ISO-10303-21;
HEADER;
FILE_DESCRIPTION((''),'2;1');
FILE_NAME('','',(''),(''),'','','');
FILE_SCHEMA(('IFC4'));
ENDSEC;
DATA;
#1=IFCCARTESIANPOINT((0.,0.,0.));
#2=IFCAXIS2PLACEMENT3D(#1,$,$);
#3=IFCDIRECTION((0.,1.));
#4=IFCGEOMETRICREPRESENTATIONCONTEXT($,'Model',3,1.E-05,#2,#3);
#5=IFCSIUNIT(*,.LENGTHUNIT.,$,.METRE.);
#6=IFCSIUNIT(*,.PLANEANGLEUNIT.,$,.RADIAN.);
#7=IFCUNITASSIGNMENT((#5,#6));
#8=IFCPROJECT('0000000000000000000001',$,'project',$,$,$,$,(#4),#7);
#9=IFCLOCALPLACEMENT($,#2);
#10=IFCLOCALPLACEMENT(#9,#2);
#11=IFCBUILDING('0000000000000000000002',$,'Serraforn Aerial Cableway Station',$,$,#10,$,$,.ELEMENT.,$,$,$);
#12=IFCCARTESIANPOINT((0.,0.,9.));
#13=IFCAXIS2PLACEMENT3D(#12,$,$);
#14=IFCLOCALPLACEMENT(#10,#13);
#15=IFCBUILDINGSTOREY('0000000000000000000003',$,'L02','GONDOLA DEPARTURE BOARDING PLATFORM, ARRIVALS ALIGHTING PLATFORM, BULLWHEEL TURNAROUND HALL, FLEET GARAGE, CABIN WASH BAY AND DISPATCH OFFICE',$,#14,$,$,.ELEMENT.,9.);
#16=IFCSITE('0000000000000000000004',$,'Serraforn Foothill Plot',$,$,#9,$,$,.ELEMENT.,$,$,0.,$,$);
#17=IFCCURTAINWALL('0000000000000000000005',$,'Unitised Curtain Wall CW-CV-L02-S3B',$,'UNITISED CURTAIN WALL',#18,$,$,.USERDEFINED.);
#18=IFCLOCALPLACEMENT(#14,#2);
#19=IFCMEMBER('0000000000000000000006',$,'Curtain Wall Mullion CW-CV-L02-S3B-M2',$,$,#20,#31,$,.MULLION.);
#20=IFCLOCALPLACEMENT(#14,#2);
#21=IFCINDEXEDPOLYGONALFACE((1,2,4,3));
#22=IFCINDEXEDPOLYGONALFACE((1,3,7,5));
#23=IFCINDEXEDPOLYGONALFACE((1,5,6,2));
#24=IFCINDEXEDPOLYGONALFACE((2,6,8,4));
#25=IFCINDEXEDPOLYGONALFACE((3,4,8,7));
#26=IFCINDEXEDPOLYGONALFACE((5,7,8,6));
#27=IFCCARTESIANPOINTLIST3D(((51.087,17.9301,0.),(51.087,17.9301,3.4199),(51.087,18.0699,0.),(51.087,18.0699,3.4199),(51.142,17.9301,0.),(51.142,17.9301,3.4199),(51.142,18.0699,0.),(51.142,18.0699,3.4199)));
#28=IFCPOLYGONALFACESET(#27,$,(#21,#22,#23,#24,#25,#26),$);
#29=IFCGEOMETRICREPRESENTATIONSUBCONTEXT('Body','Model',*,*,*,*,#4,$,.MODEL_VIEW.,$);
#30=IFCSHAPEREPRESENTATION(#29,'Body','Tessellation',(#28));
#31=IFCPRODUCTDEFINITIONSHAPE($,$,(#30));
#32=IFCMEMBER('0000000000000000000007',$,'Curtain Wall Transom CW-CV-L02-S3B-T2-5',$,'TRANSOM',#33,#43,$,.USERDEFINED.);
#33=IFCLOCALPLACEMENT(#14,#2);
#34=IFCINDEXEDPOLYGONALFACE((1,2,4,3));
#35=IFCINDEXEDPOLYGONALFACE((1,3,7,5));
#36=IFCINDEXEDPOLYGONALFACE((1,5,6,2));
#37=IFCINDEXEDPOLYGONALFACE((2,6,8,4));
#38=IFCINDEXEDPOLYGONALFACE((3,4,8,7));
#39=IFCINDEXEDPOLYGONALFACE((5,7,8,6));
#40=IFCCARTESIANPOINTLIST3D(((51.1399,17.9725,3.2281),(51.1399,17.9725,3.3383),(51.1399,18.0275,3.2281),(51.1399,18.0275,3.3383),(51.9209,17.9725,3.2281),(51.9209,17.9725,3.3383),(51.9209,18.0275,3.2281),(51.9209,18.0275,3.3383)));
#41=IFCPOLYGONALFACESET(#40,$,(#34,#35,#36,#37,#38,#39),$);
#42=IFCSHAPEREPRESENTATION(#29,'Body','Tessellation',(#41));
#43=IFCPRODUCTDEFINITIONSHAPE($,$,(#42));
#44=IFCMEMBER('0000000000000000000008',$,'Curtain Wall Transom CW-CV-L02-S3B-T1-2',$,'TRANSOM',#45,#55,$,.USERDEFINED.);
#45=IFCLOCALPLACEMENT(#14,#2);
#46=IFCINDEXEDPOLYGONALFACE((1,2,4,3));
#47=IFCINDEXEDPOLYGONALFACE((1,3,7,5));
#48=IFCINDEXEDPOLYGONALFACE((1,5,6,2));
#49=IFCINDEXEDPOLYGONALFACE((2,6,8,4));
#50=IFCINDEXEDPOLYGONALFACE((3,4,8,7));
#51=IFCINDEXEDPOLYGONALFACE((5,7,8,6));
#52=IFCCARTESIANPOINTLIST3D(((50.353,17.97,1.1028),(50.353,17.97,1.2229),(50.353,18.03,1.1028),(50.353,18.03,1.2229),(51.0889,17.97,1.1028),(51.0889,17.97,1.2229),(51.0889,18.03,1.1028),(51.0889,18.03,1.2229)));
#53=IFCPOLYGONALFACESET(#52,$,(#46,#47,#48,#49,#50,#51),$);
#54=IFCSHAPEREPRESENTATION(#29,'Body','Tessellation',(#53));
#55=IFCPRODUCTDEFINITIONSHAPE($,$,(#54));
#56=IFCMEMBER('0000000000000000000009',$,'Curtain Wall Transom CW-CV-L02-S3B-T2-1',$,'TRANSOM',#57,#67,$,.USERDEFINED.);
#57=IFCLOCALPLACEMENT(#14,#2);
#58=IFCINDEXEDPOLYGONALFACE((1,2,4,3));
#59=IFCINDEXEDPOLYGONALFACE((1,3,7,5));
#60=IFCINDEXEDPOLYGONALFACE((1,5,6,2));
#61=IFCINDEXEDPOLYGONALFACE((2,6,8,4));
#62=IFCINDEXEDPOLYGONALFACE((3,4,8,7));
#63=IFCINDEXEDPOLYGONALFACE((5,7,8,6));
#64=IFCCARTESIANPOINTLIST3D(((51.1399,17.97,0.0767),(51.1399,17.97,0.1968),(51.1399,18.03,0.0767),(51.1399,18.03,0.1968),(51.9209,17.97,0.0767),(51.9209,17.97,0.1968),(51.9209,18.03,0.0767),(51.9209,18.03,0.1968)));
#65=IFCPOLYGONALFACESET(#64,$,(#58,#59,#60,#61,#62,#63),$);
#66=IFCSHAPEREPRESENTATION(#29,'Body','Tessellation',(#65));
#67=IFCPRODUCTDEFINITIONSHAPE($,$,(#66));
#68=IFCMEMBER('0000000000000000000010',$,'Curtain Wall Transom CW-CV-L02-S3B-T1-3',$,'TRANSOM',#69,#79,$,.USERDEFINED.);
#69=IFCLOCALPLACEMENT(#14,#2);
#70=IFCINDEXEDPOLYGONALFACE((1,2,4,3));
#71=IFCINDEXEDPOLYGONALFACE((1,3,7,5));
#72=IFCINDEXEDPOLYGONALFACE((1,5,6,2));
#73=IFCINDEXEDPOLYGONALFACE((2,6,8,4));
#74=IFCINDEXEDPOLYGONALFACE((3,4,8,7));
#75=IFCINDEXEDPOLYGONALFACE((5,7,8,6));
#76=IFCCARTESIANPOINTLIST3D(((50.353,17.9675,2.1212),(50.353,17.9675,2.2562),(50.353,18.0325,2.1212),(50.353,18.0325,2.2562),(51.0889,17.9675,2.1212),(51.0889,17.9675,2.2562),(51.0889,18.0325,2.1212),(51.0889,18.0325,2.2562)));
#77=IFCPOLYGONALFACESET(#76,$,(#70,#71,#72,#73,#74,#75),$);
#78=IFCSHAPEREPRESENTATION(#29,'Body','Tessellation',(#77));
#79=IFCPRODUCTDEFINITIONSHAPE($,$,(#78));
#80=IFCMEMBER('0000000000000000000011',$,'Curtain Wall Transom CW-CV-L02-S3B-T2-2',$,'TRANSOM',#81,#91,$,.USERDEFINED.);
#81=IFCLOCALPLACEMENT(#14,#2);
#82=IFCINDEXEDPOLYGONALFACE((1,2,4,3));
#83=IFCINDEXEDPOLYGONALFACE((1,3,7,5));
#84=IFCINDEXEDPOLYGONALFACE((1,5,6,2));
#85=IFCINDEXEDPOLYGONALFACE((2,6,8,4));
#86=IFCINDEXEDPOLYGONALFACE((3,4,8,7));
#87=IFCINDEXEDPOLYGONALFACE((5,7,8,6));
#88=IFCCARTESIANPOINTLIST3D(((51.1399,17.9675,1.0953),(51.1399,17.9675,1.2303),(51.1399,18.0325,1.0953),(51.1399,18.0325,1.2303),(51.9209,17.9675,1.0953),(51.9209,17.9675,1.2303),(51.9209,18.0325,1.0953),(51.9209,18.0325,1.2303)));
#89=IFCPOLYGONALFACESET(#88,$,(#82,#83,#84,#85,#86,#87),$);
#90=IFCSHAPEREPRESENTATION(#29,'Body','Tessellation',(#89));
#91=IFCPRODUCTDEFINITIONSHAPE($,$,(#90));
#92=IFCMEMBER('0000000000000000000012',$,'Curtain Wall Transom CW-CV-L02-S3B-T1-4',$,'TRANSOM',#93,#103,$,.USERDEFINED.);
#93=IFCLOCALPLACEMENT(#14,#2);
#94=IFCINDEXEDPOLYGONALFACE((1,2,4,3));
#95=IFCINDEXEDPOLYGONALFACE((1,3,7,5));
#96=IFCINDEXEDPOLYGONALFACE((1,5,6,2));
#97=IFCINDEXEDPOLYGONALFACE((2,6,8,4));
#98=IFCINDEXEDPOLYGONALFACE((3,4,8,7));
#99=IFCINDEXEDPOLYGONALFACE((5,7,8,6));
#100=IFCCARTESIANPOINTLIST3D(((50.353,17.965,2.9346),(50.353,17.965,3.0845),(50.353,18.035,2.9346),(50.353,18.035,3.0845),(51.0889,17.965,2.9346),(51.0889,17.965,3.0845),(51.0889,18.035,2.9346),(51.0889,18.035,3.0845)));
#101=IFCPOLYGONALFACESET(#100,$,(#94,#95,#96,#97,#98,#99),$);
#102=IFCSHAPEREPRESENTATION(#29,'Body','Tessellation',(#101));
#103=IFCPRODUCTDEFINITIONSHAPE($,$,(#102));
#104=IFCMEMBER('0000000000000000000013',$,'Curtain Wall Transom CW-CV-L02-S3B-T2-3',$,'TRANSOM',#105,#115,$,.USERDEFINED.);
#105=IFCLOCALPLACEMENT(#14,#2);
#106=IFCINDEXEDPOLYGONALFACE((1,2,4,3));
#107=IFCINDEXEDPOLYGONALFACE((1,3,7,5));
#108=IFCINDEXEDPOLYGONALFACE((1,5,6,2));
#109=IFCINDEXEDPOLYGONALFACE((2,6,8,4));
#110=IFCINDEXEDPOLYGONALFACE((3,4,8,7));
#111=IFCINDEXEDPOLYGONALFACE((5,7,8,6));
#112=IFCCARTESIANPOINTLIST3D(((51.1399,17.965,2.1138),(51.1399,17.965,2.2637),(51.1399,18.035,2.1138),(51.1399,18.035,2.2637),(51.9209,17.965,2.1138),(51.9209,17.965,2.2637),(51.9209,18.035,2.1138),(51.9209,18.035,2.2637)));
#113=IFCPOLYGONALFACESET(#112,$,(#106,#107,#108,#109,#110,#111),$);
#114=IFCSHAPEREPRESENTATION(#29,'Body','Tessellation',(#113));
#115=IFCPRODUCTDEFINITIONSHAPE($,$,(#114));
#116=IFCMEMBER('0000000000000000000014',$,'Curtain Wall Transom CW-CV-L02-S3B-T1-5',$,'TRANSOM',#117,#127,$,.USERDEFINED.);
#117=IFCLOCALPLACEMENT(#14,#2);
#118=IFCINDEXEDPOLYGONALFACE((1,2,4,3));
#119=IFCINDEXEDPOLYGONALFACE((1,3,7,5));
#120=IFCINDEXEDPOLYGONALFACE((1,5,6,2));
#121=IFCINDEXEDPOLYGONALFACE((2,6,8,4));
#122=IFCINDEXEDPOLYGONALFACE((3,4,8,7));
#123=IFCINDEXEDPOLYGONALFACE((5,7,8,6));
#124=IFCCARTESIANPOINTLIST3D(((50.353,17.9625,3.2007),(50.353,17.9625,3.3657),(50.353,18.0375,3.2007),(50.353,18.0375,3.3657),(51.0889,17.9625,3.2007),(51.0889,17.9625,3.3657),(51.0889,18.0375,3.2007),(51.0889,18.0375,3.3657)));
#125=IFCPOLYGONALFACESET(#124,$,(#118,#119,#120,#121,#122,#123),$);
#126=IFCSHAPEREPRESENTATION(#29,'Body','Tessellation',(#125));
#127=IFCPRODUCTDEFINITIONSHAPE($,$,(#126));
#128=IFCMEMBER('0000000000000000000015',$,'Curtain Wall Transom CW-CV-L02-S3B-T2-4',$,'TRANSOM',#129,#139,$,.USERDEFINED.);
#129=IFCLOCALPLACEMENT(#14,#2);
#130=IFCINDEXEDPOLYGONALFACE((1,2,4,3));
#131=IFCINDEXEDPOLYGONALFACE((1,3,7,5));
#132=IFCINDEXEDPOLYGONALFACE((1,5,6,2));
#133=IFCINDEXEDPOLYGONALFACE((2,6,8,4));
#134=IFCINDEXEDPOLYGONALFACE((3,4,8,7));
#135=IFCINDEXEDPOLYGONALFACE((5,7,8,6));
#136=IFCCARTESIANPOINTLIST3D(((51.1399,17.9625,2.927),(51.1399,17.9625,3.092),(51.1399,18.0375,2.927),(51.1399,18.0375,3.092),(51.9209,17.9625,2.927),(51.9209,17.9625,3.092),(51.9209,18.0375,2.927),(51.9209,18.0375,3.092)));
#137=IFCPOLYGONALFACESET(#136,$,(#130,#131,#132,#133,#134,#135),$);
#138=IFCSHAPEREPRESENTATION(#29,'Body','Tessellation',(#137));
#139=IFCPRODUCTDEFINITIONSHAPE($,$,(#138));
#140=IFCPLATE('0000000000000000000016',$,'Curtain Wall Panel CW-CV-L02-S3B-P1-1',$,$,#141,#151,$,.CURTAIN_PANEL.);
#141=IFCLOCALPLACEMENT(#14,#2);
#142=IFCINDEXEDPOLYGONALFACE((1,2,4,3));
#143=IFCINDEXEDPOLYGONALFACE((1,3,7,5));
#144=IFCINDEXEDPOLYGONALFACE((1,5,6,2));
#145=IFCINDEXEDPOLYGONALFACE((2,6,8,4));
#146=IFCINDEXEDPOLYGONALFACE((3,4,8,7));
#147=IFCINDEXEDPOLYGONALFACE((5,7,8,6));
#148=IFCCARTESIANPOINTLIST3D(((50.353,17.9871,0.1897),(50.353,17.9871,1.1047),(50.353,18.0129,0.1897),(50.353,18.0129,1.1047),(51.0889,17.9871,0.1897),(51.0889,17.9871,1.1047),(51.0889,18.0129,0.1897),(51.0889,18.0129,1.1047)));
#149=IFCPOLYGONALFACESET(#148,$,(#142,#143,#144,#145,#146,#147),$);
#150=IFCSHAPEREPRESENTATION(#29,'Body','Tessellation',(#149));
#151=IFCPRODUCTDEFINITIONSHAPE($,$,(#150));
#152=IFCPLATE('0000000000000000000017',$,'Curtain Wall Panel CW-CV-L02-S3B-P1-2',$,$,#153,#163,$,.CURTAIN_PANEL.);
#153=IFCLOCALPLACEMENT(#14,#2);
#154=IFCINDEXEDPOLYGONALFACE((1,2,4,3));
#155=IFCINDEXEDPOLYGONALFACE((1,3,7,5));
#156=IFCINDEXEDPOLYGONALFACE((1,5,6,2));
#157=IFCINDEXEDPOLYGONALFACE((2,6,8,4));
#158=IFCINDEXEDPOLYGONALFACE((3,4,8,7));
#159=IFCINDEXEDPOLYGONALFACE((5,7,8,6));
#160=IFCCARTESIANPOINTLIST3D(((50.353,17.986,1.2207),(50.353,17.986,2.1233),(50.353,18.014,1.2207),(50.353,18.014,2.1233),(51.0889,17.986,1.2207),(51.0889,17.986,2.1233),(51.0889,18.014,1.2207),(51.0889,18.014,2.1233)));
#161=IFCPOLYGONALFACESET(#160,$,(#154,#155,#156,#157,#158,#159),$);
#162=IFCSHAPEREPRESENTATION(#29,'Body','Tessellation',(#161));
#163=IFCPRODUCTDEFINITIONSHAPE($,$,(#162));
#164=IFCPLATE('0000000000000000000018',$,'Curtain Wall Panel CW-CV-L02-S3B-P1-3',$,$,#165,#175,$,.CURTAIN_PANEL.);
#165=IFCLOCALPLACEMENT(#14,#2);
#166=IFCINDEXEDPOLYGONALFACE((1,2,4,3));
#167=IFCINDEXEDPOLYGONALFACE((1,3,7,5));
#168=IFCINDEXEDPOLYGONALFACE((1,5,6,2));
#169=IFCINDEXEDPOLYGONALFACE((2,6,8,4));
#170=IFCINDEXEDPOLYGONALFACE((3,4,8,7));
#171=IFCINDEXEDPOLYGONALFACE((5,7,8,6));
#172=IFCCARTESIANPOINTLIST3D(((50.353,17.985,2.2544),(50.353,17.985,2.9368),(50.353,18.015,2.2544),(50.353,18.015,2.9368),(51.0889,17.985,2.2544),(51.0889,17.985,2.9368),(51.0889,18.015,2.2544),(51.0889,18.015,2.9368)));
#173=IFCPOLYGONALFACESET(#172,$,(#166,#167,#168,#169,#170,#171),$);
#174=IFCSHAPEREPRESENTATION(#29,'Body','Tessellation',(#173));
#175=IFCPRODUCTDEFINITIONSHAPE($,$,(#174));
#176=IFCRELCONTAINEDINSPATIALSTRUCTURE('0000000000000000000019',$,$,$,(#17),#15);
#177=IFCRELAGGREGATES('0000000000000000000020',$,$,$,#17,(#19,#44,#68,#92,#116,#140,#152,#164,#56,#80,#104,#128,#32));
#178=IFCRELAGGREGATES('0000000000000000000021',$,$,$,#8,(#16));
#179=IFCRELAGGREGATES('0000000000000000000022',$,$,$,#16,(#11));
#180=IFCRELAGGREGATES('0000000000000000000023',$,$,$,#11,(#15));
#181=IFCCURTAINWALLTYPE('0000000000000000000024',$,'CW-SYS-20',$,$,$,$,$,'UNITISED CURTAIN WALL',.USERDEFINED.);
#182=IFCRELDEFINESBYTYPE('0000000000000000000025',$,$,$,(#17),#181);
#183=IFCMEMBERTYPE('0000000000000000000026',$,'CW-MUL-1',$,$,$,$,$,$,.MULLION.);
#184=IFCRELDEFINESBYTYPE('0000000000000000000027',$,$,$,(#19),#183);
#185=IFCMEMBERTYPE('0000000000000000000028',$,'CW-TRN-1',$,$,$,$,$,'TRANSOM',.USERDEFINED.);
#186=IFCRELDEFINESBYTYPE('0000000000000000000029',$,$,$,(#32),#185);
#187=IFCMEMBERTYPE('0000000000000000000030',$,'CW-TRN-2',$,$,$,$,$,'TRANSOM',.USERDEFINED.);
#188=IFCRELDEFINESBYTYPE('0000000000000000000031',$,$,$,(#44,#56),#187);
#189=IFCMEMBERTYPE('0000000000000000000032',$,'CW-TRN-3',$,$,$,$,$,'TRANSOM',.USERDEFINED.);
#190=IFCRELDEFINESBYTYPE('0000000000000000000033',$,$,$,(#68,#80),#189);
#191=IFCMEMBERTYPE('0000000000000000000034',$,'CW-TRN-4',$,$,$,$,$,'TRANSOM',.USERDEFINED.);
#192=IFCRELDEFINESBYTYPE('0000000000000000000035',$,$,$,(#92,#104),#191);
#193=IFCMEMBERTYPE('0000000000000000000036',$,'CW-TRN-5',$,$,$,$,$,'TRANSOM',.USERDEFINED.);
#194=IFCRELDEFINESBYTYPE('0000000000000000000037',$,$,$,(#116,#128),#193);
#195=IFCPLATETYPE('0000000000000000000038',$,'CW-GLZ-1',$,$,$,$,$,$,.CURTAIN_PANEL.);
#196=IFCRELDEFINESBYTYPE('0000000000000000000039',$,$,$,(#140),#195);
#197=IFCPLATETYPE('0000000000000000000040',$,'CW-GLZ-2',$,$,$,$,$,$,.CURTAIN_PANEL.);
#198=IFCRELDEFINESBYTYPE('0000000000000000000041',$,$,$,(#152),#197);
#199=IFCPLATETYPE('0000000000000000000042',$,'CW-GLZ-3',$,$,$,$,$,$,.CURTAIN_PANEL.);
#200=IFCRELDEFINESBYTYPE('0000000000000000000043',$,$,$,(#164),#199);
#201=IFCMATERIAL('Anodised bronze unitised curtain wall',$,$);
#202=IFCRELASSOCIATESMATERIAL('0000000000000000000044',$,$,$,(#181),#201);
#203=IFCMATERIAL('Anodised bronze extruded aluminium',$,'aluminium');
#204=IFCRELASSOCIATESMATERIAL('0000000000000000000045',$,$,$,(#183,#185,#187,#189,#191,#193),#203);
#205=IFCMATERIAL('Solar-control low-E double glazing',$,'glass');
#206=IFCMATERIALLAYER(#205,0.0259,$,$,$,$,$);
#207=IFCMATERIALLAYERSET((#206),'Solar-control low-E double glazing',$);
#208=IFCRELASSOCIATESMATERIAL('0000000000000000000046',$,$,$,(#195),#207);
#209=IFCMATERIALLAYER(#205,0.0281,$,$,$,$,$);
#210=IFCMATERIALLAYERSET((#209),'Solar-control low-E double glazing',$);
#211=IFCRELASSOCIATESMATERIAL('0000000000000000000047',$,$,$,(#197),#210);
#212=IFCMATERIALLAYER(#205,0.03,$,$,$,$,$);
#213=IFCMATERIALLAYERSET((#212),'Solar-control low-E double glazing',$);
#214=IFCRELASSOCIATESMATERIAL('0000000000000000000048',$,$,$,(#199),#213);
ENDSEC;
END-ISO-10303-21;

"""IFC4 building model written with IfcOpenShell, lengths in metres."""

from ifc_helpers import new_model, si_unit, direction, frame, origin, origin_2d, place, context, subcontext, project, spatial, rectangle, extrude, material, layer, layer_set, material_profile, profile_set, type_object, element, aggregate, save


model = new_model("IFC4")

# Units and contexts
model_context = context("Model", 3, precision=1e-05, world=origin(), true_north=direction((0.0, 1.0)))
body_context = subcontext(model_context, "Body", "Model", "MODEL_VIEW")
ifc_project = project(units=[si_unit("LENGTHUNIT", "METRE"), si_unit("PLANEANGLEUNIT", "RADIAN")], contexts=[model_context])

# Site, building, storey
site_placement = place(None, origin())
site = spatial("IfcSite", under=ifc_project, at=site_placement, Name="Serraforn Foothill Plot", CompositionType="ELEMENT", RefElevation=0.0)
building_placement = place(site_placement, origin())
building = spatial("IfcBuilding", under=site, at=building_placement, Name="Serraforn Aerial Cableway Station", CompositionType="ELEMENT")
storey_placement = place(building_placement, frame((0.0, 0.0, 9.0)))
storey = spatial("IfcBuildingStorey", under=building, at=storey_placement, Name="L02", Description="GONDOLA DEPARTURE BOARDING PLATFORM, ARRIVALS ALIGHTING PLATFORM, BULLWHEEL TURNAROUND HALL, FLEET GARAGE, CABIN WASH BAY AND DISPATCH OFFICE", CompositionType="ELEMENT", Elevation=9.0)

# Curtain wall, members, plates
ifc_material_1 = material(Name="Anodised bronze unitised curtain wall")
curtain_wall_type = type_object("IfcCurtainWallType", Name="CW-SYS-20", ElementType="UNITISED CURTAIN WALL", PredefinedType="USERDEFINED", material=ifc_material_1)
curtain_wall_placement = place(storey_placement, origin())
curtain_wall = element("IfcCurtainWall", 1, at=curtain_wall_placement, inside=storey, type_object=curtain_wall_type, Name="Unitised Curtain Wall CW-CV-L02-S3B", ObjectType="UNITISED CURTAIN WALL", PredefinedType="USERDEFINED")
ifc_material_2 = material(Name="Anodised bronze extruded aluminium", Category="aluminium")
ifc_material_profile_1 = material_profile(ifc_material_2, rectangle(XDim=0.0549, YDim=0.1399, at=origin_2d()), Name="CW MULLION 55x140")
ifc_profile_set_1 = profile_set([ifc_material_profile_1], Name="Anodised bronze extruded aluminium")
member_type_1 = type_object("IfcMemberType", Name="CW-MUL-1", PredefinedType="MULLION", material=ifc_profile_set_1)
member_1_placement = place(storey_placement, frame((51.1145, 18.0, 0.0), z_axis=(0.0, 0.0, 1.0), x_axis=(1.0, 0.0, 0.0)))
member_1 = element("IfcMember", 2, at=member_1_placement, type_object=member_type_1, Name="Curtain Wall Mullion CW-CV-L02-S3B-M2", PredefinedType="MULLION", context=body_context, shape_type="SweptSolid", body=[
    extrude(rectangle(XDim=0.0549, YDim=0.1399, at=origin_2d()), origin(), (0.0, 0.0, 1.0), 3.4199),
])
ifc_material_profile_2 = material_profile(ifc_material_2, rectangle(XDim=0.0549, YDim=0.1101, at=origin_2d()), Name="CW TRANSOM 55x110")
ifc_profile_set_2 = profile_set([ifc_material_profile_2], Name="Anodised bronze extruded aluminium")
member_type_2 = type_object("IfcMemberType", Name="CW-TRN-1", ElementType="TRANSOM", PredefinedType="USERDEFINED", material=ifc_profile_set_2)
member_2_placement = place(storey_placement, frame((51.1399, 18.0, 3.2832), z_axis=(1.0, 0.0, 0.0), x_axis=(0.0, 1.0, 0.0)))
member_2 = element("IfcMember", 3, at=member_2_placement, type_object=member_type_2, Name="Curtain Wall Transom CW-CV-L02-S3B-T2-5", ObjectType="TRANSOM", PredefinedType="USERDEFINED", context=body_context, shape_type="SweptSolid", body=[
    extrude(rectangle(XDim=0.0549, YDim=0.1101, at=origin_2d()), origin(), (0.0, 0.0, 1.0), 0.781),
])
ifc_material_profile_3 = material_profile(ifc_material_2, rectangle(XDim=0.0601, YDim=0.1201, at=origin_2d()), Name="CW TRANSOM 60x120")
ifc_profile_set_3 = profile_set([ifc_material_profile_3], Name="Anodised bronze extruded aluminium")
member_type_3 = type_object("IfcMemberType", Name="CW-TRN-2", ElementType="TRANSOM", PredefinedType="USERDEFINED", material=ifc_profile_set_3)
member_3_placement = place(storey_placement, frame((50.353, 18.0, 1.1628), z_axis=(1.0, 0.0, 0.0), x_axis=(0.0, 1.0, 0.0)))
member_3 = element("IfcMember", 4, at=member_3_placement, type_object=member_type_3, Name="Curtain Wall Transom CW-CV-L02-S3B-T1-2", ObjectType="TRANSOM", PredefinedType="USERDEFINED", context=body_context, shape_type="SweptSolid", body=[
    extrude(rectangle(XDim=0.0601, YDim=0.1201, at=origin_2d()), origin(), (0.0, 0.0, 1.0), 0.7358),
])
member_4_placement = place(storey_placement, frame((51.1399, 18.0, 0.1367), z_axis=(1.0, 0.0, 0.0), x_axis=(0.0, 1.0, 0.0)))
member_4 = element("IfcMember", 5, at=member_4_placement, type_object=member_type_3, Name="Curtain Wall Transom CW-CV-L02-S3B-T2-1", ObjectType="TRANSOM", PredefinedType="USERDEFINED", context=body_context, shape_type="SweptSolid", body=[
    extrude(rectangle(XDim=0.0601, YDim=0.1201, at=origin_2d()), origin(), (0.0, 0.0, 1.0), 0.781),
])
ifc_material_profile_4 = material_profile(ifc_material_2, rectangle(XDim=0.0649, YDim=0.135, at=origin_2d()), Name="CW TRANSOM 65x135")
ifc_profile_set_4 = profile_set([ifc_material_profile_4], Name="Anodised bronze extruded aluminium")
member_type_4 = type_object("IfcMemberType", Name="CW-TRN-3", ElementType="TRANSOM", PredefinedType="USERDEFINED", material=ifc_profile_set_4)
member_5_placement = place(storey_placement, frame((50.353, 18.0, 2.1887), z_axis=(1.0, 0.0, 0.0), x_axis=(0.0, 1.0, 0.0)))
member_5 = element("IfcMember", 6, at=member_5_placement, type_object=member_type_4, Name="Curtain Wall Transom CW-CV-L02-S3B-T1-3", ObjectType="TRANSOM", PredefinedType="USERDEFINED", context=body_context, shape_type="SweptSolid", body=[
    extrude(rectangle(XDim=0.0649, YDim=0.135, at=origin_2d()), origin(), (0.0, 0.0, 1.0), 0.7358),
])
member_6_placement = place(storey_placement, frame((51.1399, 18.0, 1.1628), z_axis=(1.0, 0.0, 0.0), x_axis=(0.0, 1.0, 0.0)))
member_6 = element("IfcMember", 7, at=member_6_placement, type_object=member_type_4, Name="Curtain Wall Transom CW-CV-L02-S3B-T2-2", ObjectType="TRANSOM", PredefinedType="USERDEFINED", context=body_context, shape_type="SweptSolid", body=[
    extrude(rectangle(XDim=0.0649, YDim=0.135, at=origin_2d()), origin(), (0.0, 0.0, 1.0), 0.781),
])
ifc_material_profile_5 = material_profile(ifc_material_2, rectangle(XDim=0.0701, YDim=0.1499, at=origin_2d()), Name="CW TRANSOM 70x150")
ifc_profile_set_5 = profile_set([ifc_material_profile_5], Name="Anodised bronze extruded aluminium")
member_type_5 = type_object("IfcMemberType", Name="CW-TRN-4", ElementType="TRANSOM", PredefinedType="USERDEFINED", material=ifc_profile_set_5)
member_7_placement = place(storey_placement, frame((50.353, 18.0, 3.0095), z_axis=(1.0, 0.0, 0.0), x_axis=(0.0, 1.0, 0.0)))
member_7 = element("IfcMember", 8, at=member_7_placement, type_object=member_type_5, Name="Curtain Wall Transom CW-CV-L02-S3B-T1-4", ObjectType="TRANSOM", PredefinedType="USERDEFINED", context=body_context, shape_type="SweptSolid", body=[
    extrude(rectangle(XDim=0.0701, YDim=0.1499, at=origin_2d()), origin(), (0.0, 0.0, 1.0), 0.7358),
])
member_8_placement = place(storey_placement, frame((51.1399, 18.0, 2.1887), z_axis=(1.0, 0.0, 0.0), x_axis=(0.0, 1.0, 0.0)))
member_8 = element("IfcMember", 9, at=member_8_placement, type_object=member_type_5, Name="Curtain Wall Transom CW-CV-L02-S3B-T2-3", ObjectType="TRANSOM", PredefinedType="USERDEFINED", context=body_context, shape_type="SweptSolid", body=[
    extrude(rectangle(XDim=0.0701, YDim=0.1499, at=origin_2d()), origin(), (0.0, 0.0, 1.0), 0.781),
])
ifc_material_profile_6 = material_profile(ifc_material_2, rectangle(XDim=0.075, YDim=0.165, at=origin_2d()), Name="CW TRANSOM 75x165")
ifc_profile_set_6 = profile_set([ifc_material_profile_6], Name="Anodised bronze extruded aluminium")
member_type_6 = type_object("IfcMemberType", Name="CW-TRN-5", ElementType="TRANSOM", PredefinedType="USERDEFINED", material=ifc_profile_set_6)
member_9_placement = place(storey_placement, frame((50.353, 18.0, 3.2832), z_axis=(1.0, 0.0, 0.0), x_axis=(0.0, 1.0, 0.0)))
member_9 = element("IfcMember", 10, at=member_9_placement, type_object=member_type_6, Name="Curtain Wall Transom CW-CV-L02-S3B-T1-5", ObjectType="TRANSOM", PredefinedType="USERDEFINED", context=body_context, shape_type="SweptSolid", body=[
    extrude(rectangle(XDim=0.075, YDim=0.165, at=origin_2d()), origin(), (0.0, 0.0, 1.0), 0.7358),
])
member_10_placement = place(storey_placement, frame((51.1399, 18.0, 3.0095), z_axis=(1.0, 0.0, 0.0), x_axis=(0.0, 1.0, 0.0)))
member_10 = element("IfcMember", 11, at=member_10_placement, type_object=member_type_6, Name="Curtain Wall Transom CW-CV-L02-S3B-T2-4", ObjectType="TRANSOM", PredefinedType="USERDEFINED", context=body_context, shape_type="SweptSolid", body=[
    extrude(rectangle(XDim=0.075, YDim=0.165, at=origin_2d()), origin(), (0.0, 0.0, 1.0), 0.781),
])
ifc_material_3 = material(Name="Solar-control low-E double glazing", Category="glass")
ifc_layer_1 = layer(ifc_material_3, 0.0259)
ifc_layer_set_1 = layer_set([ifc_layer_1], Name="Solar-control low-E double glazing")
plate_type_1 = type_object("IfcPlateType", Name="CW-GLZ-1", PredefinedType="CURTAIN_PANEL", material=ifc_layer_set_1)
plate_1_placement = place(storey_placement, frame((50.7209, 18.0, 0.1897), z_axis=(0.0, 0.0, 1.0), x_axis=(1.0, 0.0, 0.0)))
plate_1 = element("IfcPlate", 12, at=plate_1_placement, type_object=plate_type_1, Name="Curtain Wall Panel CW-CV-L02-S3B-P1-1", PredefinedType="CURTAIN_PANEL", context=body_context, shape_type="SweptSolid", body=[
    extrude(rectangle(XDim=0.7358, YDim=0.0259, at=origin_2d()), origin(), (0.0, 0.0, 1.0), 0.915),
])
ifc_layer_2 = layer(ifc_material_3, 0.0281)
ifc_layer_set_2 = layer_set([ifc_layer_2], Name="Solar-control low-E double glazing")
plate_type_2 = type_object("IfcPlateType", Name="CW-GLZ-2", PredefinedType="CURTAIN_PANEL", material=ifc_layer_set_2)
plate_2_placement = place(storey_placement, frame((50.7209, 18.0, 1.2207), z_axis=(0.0, 0.0, 1.0), x_axis=(1.0, 0.0, 0.0)))
plate_2 = element("IfcPlate", 13, at=plate_2_placement, type_object=plate_type_2, Name="Curtain Wall Panel CW-CV-L02-S3B-P1-2", PredefinedType="CURTAIN_PANEL", context=body_context, shape_type="SweptSolid", body=[
    extrude(rectangle(XDim=0.7358, YDim=0.0281, at=origin_2d()), origin(), (0.0, 0.0, 1.0), 0.9026),
])
ifc_layer_3 = layer(ifc_material_3, 0.03)
ifc_layer_set_3 = layer_set([ifc_layer_3], Name="Solar-control low-E double glazing")
plate_type_3 = type_object("IfcPlateType", Name="CW-GLZ-3", PredefinedType="CURTAIN_PANEL", material=ifc_layer_set_3)
plate_3_placement = place(storey_placement, frame((50.7209, 18.0, 2.2544), z_axis=(0.0, 0.0, 1.0), x_axis=(1.0, 0.0, 0.0)))
plate_3 = element("IfcPlate", 14, at=plate_3_placement, type_object=plate_type_3, Name="Curtain Wall Panel CW-CV-L02-S3B-P1-3", PredefinedType="CURTAIN_PANEL", context=body_context, shape_type="SweptSolid", body=[
    extrude(rectangle(XDim=0.7358, YDim=0.03, at=origin_2d()), origin(), (0.0, 0.0, 1.0), 0.6824),
])
aggregate(curtain_wall, [member_1, member_3, member_5, member_7, member_9, plate_1, plate_2, plate_3, member_4, member_6, member_8, member_10, member_2])

save(model, "model.ifc")
